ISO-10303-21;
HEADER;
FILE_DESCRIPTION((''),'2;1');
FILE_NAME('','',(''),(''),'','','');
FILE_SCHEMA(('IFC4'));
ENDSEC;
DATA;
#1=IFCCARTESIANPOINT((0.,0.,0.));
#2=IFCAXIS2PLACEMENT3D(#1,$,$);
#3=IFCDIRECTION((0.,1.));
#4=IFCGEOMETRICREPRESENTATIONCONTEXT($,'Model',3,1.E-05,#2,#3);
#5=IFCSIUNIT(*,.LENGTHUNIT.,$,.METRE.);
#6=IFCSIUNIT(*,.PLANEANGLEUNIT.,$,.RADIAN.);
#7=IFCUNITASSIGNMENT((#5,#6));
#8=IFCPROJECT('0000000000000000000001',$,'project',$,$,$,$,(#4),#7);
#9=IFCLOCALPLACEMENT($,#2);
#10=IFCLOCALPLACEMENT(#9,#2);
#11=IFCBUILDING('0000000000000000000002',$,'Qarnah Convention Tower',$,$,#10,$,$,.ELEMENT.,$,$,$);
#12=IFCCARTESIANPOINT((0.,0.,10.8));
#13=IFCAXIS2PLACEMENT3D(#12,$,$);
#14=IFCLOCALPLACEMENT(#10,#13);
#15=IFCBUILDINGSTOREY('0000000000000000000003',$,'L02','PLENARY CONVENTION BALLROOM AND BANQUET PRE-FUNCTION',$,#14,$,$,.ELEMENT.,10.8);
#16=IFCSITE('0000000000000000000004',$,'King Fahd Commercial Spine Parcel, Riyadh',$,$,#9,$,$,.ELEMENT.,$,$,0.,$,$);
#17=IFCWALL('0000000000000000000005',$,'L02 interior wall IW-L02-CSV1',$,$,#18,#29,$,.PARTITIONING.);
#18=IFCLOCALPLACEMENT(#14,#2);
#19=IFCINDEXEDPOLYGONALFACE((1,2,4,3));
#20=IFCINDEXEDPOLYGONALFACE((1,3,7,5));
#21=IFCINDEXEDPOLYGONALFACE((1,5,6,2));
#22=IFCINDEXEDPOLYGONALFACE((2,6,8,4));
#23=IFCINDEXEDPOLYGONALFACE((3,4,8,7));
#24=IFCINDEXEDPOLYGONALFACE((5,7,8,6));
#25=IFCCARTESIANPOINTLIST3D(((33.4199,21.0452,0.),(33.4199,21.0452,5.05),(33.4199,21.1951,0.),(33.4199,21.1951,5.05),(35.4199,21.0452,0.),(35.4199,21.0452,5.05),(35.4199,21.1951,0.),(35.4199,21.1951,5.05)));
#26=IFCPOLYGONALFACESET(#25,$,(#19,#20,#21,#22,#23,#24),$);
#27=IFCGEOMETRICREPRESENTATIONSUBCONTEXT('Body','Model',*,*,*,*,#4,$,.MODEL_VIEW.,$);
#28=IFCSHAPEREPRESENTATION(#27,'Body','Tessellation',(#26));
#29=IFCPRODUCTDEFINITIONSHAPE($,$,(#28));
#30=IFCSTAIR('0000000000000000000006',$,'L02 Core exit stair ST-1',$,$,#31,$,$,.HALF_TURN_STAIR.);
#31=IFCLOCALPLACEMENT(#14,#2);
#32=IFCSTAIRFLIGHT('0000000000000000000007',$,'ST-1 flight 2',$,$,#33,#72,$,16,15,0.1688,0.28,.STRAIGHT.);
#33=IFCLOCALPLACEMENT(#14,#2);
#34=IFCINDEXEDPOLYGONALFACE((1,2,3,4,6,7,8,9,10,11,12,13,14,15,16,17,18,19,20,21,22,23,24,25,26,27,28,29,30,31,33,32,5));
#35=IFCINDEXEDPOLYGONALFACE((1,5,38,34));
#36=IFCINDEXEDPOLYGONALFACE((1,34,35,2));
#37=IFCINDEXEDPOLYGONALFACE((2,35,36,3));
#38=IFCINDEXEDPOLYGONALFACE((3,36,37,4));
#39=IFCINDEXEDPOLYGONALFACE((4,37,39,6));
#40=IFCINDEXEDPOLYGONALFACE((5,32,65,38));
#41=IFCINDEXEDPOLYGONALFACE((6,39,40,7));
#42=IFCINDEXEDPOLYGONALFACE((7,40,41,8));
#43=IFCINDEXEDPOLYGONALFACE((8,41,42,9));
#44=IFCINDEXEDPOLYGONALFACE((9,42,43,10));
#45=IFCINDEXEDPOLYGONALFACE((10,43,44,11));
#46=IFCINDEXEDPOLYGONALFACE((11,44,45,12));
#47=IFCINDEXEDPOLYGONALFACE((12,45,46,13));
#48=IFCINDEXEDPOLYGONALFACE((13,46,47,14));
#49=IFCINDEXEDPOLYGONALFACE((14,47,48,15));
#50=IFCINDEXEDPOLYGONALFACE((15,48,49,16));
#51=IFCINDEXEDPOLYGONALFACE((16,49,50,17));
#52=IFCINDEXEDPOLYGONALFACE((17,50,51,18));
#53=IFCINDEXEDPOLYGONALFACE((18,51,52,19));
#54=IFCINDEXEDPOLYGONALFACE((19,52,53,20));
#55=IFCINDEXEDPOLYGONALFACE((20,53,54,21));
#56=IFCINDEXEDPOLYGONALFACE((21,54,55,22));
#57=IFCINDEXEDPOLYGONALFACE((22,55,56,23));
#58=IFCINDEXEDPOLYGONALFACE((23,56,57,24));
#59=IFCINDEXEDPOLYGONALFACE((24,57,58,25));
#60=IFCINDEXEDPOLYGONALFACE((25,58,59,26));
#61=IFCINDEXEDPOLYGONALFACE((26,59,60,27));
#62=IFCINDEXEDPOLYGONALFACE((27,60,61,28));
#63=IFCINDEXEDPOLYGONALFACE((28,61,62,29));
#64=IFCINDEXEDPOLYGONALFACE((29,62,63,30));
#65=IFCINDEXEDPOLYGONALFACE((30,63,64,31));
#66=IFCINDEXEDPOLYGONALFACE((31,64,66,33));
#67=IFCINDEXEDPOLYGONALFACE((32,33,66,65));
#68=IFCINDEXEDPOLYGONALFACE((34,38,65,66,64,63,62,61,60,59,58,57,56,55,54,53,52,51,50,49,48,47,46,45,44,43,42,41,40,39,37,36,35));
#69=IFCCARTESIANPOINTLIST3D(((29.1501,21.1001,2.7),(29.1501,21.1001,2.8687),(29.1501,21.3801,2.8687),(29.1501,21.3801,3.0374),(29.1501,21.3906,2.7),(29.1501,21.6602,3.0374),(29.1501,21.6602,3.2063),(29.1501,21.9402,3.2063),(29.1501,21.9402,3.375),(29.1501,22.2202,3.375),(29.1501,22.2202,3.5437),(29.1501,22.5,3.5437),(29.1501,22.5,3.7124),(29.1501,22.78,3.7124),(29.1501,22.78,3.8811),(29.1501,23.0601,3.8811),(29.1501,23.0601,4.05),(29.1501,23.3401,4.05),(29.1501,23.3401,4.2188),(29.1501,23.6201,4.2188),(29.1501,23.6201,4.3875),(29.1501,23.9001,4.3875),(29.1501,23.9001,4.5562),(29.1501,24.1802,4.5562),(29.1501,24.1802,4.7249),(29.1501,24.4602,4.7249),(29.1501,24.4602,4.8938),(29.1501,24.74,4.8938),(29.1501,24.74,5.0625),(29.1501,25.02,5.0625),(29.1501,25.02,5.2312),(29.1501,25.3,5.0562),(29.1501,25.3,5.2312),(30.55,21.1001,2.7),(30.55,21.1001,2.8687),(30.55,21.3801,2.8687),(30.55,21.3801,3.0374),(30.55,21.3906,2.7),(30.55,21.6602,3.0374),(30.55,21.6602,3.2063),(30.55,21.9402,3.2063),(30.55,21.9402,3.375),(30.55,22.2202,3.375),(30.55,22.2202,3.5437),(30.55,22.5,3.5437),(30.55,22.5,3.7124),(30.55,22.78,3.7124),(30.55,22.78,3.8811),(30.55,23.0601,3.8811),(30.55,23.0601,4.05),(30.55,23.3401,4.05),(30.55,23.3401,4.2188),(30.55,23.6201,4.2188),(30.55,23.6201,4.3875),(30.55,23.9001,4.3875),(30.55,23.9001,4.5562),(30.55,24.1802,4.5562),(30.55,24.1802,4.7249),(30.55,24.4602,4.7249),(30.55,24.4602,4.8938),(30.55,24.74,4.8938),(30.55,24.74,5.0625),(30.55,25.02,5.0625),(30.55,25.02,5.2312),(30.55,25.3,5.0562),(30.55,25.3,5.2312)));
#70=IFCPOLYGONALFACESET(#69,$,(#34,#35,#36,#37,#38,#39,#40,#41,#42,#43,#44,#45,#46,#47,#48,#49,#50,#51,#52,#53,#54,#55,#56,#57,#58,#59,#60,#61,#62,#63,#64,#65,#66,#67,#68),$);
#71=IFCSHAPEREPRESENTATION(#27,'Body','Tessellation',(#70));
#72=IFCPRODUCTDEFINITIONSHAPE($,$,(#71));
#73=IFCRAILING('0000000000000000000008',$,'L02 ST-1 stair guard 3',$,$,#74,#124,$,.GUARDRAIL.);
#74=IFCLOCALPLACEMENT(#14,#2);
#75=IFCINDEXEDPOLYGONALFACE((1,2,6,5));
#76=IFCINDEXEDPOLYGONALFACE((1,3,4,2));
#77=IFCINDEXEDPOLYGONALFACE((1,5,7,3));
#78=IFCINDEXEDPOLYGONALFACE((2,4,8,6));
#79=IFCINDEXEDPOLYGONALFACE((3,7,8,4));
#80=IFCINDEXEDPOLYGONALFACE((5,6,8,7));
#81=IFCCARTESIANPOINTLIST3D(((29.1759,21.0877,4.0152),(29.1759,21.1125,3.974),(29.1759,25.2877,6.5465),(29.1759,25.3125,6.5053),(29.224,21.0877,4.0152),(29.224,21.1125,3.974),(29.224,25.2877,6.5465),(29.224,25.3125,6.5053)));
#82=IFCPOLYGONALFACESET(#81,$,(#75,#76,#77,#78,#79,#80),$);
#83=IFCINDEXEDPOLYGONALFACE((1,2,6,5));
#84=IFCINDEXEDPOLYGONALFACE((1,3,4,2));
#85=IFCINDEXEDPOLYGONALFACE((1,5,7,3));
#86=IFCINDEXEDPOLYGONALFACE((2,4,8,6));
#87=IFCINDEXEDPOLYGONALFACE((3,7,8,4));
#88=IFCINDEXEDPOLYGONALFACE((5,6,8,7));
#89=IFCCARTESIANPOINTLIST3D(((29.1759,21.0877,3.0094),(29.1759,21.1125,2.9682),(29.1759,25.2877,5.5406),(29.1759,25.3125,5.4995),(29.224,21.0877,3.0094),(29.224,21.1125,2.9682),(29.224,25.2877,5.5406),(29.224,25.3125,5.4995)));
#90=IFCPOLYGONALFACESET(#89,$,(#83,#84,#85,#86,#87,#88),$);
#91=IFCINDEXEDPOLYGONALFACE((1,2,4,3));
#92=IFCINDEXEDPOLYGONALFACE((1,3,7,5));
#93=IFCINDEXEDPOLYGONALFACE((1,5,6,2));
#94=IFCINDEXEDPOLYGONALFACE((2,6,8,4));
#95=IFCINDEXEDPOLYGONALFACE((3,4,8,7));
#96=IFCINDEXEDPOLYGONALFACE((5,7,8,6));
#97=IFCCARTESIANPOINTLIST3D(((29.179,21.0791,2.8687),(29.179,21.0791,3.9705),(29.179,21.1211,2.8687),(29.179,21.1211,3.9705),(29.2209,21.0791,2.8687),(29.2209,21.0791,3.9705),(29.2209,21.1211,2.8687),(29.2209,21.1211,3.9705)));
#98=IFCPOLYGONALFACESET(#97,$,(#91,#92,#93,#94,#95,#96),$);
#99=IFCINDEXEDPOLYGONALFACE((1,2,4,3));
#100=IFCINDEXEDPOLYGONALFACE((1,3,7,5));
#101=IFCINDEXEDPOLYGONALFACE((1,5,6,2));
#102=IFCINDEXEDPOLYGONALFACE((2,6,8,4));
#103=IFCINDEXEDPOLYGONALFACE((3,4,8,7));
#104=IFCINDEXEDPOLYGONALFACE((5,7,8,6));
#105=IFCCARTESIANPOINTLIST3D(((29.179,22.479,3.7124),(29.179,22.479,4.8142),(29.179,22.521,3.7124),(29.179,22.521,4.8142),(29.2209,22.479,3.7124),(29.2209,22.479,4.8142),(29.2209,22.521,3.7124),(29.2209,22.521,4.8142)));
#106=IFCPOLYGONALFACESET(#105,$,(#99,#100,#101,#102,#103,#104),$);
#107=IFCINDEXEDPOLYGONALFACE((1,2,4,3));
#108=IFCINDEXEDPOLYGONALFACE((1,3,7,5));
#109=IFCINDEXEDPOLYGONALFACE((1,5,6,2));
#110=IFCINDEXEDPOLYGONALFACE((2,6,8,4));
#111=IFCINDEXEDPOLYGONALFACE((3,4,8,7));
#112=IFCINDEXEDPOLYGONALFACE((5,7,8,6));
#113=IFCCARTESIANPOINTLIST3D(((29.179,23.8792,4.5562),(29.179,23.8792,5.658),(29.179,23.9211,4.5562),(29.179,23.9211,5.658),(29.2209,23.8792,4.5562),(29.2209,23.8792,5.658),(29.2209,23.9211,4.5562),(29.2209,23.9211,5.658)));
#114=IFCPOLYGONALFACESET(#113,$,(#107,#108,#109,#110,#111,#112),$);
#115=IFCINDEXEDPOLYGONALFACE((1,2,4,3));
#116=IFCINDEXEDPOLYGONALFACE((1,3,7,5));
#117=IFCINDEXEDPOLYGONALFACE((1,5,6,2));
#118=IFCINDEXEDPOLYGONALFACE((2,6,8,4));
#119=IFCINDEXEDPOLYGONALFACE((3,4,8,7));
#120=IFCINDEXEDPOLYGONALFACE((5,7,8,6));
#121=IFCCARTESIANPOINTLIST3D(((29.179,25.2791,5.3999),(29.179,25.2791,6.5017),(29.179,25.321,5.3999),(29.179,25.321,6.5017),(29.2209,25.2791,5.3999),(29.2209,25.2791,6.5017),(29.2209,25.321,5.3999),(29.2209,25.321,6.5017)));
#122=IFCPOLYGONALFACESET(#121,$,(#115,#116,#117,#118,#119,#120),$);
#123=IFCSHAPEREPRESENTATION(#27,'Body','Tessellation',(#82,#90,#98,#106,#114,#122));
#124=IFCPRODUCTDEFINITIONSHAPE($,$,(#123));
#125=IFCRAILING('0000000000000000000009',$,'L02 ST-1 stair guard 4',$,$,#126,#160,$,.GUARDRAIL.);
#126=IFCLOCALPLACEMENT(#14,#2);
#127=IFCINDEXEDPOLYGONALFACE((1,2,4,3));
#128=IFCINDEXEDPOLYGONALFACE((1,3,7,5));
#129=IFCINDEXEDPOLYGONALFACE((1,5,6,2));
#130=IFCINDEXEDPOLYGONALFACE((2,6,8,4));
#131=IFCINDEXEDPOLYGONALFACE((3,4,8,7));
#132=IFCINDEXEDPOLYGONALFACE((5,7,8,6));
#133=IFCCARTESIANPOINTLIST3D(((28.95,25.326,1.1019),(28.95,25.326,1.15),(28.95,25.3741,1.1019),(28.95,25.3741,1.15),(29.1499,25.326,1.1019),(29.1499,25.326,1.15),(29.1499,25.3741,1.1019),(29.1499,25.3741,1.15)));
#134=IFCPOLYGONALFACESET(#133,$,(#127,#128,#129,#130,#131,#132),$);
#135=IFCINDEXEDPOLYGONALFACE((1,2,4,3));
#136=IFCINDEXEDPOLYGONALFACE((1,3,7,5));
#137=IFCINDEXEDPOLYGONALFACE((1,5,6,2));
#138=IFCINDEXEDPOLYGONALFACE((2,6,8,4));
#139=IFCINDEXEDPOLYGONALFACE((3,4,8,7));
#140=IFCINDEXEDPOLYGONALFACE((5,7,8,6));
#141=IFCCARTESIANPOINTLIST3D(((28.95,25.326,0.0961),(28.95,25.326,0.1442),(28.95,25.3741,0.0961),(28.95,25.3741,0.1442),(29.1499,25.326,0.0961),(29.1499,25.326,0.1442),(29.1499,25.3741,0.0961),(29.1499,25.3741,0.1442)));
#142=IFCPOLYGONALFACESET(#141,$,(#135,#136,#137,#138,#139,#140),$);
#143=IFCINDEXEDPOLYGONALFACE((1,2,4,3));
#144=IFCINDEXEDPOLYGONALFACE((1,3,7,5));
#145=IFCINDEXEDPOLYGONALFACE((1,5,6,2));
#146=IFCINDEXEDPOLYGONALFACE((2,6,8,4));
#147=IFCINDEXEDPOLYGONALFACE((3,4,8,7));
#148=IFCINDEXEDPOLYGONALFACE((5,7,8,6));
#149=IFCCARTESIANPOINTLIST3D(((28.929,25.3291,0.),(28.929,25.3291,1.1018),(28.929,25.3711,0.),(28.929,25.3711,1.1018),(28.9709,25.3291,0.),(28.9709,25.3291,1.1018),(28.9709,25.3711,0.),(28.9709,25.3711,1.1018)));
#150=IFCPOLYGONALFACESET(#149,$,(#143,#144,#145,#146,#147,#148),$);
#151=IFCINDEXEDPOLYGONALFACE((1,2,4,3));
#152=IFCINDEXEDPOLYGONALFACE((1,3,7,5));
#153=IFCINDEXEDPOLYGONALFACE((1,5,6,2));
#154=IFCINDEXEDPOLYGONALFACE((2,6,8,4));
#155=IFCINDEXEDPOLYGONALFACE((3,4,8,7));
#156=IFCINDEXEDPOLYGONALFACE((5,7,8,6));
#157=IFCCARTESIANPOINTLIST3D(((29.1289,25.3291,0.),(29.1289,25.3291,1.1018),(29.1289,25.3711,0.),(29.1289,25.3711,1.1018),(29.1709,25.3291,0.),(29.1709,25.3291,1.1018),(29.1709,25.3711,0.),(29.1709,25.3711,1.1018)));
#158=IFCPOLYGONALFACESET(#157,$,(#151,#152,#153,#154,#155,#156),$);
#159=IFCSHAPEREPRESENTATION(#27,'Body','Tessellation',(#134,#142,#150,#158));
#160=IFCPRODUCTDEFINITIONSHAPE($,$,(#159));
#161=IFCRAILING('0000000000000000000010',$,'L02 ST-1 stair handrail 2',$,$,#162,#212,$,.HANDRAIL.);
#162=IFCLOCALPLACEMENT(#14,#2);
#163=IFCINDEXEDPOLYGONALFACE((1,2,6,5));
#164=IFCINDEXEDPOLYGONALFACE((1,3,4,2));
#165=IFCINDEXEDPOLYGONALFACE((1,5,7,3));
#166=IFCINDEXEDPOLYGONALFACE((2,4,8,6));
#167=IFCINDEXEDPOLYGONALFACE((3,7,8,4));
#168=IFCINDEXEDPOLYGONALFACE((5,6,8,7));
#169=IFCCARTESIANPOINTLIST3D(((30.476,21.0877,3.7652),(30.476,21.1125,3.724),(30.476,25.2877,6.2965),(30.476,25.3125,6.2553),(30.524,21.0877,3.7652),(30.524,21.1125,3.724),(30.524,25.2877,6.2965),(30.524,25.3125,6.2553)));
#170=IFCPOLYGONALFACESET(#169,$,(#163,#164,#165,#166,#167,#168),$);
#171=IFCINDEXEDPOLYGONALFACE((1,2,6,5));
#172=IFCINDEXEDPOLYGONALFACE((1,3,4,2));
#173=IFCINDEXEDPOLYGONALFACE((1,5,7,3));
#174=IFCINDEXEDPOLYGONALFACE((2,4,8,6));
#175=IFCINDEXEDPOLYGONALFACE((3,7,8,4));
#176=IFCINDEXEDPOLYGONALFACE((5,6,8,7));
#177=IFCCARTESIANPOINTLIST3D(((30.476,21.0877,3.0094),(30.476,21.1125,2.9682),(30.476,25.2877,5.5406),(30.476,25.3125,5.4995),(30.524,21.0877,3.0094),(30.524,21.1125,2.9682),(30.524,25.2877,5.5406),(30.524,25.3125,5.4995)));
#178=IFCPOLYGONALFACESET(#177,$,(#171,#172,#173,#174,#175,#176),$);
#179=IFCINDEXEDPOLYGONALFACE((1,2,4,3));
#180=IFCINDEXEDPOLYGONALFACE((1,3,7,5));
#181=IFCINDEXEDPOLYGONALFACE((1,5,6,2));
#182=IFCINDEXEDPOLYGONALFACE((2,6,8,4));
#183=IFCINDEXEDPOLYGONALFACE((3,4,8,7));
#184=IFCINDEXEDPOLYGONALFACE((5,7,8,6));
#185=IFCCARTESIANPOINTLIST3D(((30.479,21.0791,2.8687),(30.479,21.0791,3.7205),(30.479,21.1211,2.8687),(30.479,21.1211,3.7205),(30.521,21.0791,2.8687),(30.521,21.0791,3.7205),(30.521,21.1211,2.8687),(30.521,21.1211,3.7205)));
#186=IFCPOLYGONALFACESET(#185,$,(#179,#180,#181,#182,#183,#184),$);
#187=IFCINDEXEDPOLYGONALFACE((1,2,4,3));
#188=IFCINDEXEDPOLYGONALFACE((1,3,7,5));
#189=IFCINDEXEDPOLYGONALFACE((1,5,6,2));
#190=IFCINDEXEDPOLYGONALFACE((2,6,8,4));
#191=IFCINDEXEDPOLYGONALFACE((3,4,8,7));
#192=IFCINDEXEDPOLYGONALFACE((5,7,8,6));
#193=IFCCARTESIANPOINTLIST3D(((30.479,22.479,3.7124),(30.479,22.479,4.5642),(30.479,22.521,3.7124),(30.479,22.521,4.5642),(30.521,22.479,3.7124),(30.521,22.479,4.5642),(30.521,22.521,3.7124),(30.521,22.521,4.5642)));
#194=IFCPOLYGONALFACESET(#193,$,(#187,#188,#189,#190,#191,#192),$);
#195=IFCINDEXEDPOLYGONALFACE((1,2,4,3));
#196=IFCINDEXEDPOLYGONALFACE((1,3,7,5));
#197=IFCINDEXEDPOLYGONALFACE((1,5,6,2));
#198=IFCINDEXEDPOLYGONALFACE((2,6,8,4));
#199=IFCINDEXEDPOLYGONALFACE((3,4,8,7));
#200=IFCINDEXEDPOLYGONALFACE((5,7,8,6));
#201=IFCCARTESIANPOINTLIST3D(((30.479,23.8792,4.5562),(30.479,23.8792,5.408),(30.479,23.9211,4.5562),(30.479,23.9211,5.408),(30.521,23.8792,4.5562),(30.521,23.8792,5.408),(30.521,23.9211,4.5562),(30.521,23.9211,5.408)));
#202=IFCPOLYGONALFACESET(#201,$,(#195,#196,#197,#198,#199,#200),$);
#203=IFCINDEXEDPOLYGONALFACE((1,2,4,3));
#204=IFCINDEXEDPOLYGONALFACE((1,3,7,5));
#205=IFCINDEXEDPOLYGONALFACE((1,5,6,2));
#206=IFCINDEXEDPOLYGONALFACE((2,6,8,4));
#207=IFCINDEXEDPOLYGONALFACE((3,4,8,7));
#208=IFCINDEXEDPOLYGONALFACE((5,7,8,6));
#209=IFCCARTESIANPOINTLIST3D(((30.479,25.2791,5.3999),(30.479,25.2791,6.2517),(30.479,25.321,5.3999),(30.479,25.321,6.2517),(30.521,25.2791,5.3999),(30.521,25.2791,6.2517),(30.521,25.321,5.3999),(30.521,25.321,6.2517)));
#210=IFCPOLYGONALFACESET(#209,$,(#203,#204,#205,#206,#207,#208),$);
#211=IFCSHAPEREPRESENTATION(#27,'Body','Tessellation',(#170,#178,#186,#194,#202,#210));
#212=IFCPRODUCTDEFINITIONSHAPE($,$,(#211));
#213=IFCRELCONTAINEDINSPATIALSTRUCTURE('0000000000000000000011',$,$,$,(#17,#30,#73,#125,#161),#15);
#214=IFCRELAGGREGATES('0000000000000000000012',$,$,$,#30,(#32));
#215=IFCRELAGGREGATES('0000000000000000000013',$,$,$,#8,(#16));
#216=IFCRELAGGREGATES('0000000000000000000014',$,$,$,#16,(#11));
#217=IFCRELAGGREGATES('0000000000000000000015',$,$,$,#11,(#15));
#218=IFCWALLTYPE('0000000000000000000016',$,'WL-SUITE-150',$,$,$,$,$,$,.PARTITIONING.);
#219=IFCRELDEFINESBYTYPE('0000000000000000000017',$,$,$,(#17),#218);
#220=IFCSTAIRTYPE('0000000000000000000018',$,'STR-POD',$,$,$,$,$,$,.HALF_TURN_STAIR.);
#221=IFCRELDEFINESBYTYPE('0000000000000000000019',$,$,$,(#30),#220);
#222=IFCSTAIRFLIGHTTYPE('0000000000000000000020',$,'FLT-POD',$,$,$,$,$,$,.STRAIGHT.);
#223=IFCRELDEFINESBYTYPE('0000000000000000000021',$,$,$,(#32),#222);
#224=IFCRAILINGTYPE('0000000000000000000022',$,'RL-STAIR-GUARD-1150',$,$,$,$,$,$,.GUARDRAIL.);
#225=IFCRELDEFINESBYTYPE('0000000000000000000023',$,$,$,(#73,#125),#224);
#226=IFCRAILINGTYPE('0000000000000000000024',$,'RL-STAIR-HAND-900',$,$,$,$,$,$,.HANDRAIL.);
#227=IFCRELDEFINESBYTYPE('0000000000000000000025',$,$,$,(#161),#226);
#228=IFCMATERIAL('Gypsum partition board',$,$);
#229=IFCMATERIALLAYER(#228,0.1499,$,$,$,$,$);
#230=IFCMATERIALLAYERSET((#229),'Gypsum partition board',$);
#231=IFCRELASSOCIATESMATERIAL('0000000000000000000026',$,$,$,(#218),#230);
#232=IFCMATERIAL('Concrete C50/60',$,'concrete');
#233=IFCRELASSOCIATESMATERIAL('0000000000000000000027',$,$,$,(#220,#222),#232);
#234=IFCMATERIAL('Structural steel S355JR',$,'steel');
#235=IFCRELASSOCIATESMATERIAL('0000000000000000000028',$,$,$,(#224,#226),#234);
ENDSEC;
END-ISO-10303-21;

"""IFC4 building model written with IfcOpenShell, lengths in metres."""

from ifc_helpers import new_model, si_unit, direction, frame, frame_2d, origin, origin_2d, place, context, subcontext, project, spatial, polyline, rectangle, outline, extrude, material, layer, layer_set, type_object, element, aggregate, save


model = new_model("IFC4")

# Units and contexts
model_context = context("Model", 3, precision=1e-05, world=origin(), true_north=direction((0.0, 1.0)))
body_context = subcontext(model_context, "Body", "Model", "MODEL_VIEW")
ifc_project = project(units=[si_unit("LENGTHUNIT", "METRE"), si_unit("PLANEANGLEUNIT", "RADIAN")], contexts=[model_context])

# Site, building, storey
site_placement = place(None, origin())
site = spatial("IfcSite", under=ifc_project, at=site_placement, Name="King Fahd Commercial Spine Parcel, Riyadh", CompositionType="ELEMENT", RefElevation=0.0)
building_placement = place(site_placement, origin())
building = spatial("IfcBuilding", under=site, at=building_placement, Name="Qarnah Convention Tower", CompositionType="ELEMENT")
storey_placement = place(building_placement, frame((0.0, 0.0, 10.8)))
storey = spatial("IfcBuildingStorey", under=building, at=storey_placement, Name="L02", Description="PLENARY CONVENTION BALLROOM AND BANQUET PRE-FUNCTION", CompositionType="ELEMENT", Elevation=10.8)

# Shared definitions
ifc_material_1 = material(Name="Structural steel S355JR", Category="steel")

# Wall
ifc_material_2 = material(Name="Gypsum partition board")
ifc_layer_1 = layer(ifc_material_2, 0.1499)
ifc_layer_set_1 = layer_set([ifc_layer_1], Name="Gypsum partition board")
wall_type_1 = type_object("IfcWallType", Name="WL-SUITE-150", PredefinedType="PARTITIONING", material=ifc_layer_set_1)
wall_1_placement = place(storey_placement, frame((33.4199, 21.1201, 0.0), z_axis=(0.0, 0.0, 1.0), x_axis=(1.0, 0.0, 0.0)))
element("IfcWall", 1, at=wall_1_placement, inside=storey, type_object=wall_type_1, Name="L02 interior wall IW-L02-CSV1", PredefinedType="PARTITIONING", context=body_context, shape_type="SweptSolid", body=[
    extrude(rectangle(XDim=2.0, YDim=0.1499, at=frame_2d((1.0, 0.0))), origin(), (0.0, 0.0, 1.0), 5.05),
])

# Stair, stair flight
ifc_material_3 = material(Name="Concrete C50/60", Category="concrete")
stair_type = type_object("IfcStairType", Name="STR-POD", PredefinedType="HALF_TURN_STAIR", material=ifc_material_3)
stair_placement = place(storey_placement, origin())
stair = element("IfcStair", 2, at=stair_placement, inside=storey, type_object=stair_type, Name="L02 Core exit stair ST-1", PredefinedType="HALF_TURN_STAIR")
stair_flight_type = type_object("IfcStairFlightType", Name="FLT-POD", PredefinedType="STRAIGHT", material=ifc_material_3)
stair_flight_placement = place(storey_placement, frame((29.8501, 21.1001, 2.7), z_axis=(0.0, 0.0, 1.0), x_axis=(0.0, 1.0, 0.0)))
stair_flight = element("IfcStairFlight", 3, at=stair_flight_placement, type_object=stair_flight_type, Name="ST-1 flight 2", NumberOfRisers=16, NumberOfTreads=15, PredefinedType="STRAIGHT", RiserHeight=0.1688, TreadLength=0.28, context=body_context, shape_type="SweptSolid", body=[
    extrude(outline(polyline([(0.0, 0.0), (0.0, 0.1687), (0.28, 0.1687), (0.28, 0.3374), (0.5601, 0.3374), (0.5601, 0.5063), (0.8401, 0.5063), (0.8401, 0.675), (1.1201, 0.675), (1.1201, 0.8438), (1.3999, 0.8438), (1.3999, 1.0125), (1.6799, 1.0125), (1.6799, 1.1812), (1.96, 1.1812), (1.96, 1.3501), (2.24, 1.3501), (2.24, 1.5188), (2.52, 1.5188), (2.52, 1.6875), (2.8, 1.6875), (2.8, 1.8562), (3.0801, 1.8562), (3.0801, 2.0249), (3.3601, 2.0249), (3.3601, 2.1938), (3.6399, 2.1938), (3.6399, 2.3625), (3.9199, 2.3625), (3.9199, 2.5312), (4.2, 2.5312), (4.2, 2.7), (4.2, 2.3562), (0.2905, 0.0), (0.0, 0.0)])), frame((0.0, 0.7, 0.0), z_axis=(0.0, -1.0, 0.0), x_axis=(1.0, 0.0, 0.0)), (0.0, 0.0, 1.0), 1.3999),
])
aggregate(stair, [stair_flight])

# Railings
railing_type_1 = type_object("IfcRailingType", Name="RL-STAIR-GUARD-1150", PredefinedType="GUARDRAIL", material=ifc_material_1)
railing_1_placement = place(storey_placement, frame((29.2, 21.1001, 2.8687)))
element("IfcRailing", 4, at=railing_1_placement, inside=storey, type_object=railing_type_1, Name="L02 ST-1 stair guard 3", PredefinedType="GUARDRAIL", context=body_context, shape_type="SweptSolid", body=[
    extrude(rectangle(XDim=0.0481, YDim=0.0481, at=origin_2d()), frame((0.0, 0.0, 1.126), z_axis=(0.0, 0.856476, 0.516186), x_axis=(-1.0, 0.0, 0.0)), (0.0, 0.0, 1.0), 4.9038),
    extrude(rectangle(XDim=0.0481, YDim=0.0481, at=origin_2d()), frame((0.0, 0.0, 0.1201), z_axis=(0.0, 0.856476, 0.516186), x_axis=(-1.0, 0.0, 0.0)), (0.0, 0.0, 1.0), 4.9038),
    extrude(rectangle(XDim=0.042, YDim=0.042, at=origin_2d()), origin(), (0.0, 0.0, 1.0), 1.1018),
    extrude(rectangle(XDim=0.042, YDim=0.042, at=origin_2d()), frame((0.0, 1.3999, 0.8438)), (0.0, 0.0, 1.0), 1.1018),
    extrude(rectangle(XDim=0.042, YDim=0.042, at=origin_2d()), frame((0.0, 2.8, 1.6875)), (0.0, 0.0, 1.0), 1.1018),
    extrude(rectangle(XDim=0.042, YDim=0.042, at=origin_2d()), frame((0.0, 4.2, 2.5312)), (0.0, 0.0, 1.0), 1.1018),
])
railing_2_placement = place(storey_placement, frame((28.95, 25.3501, 0.0)))
element("IfcRailing", 5, at=railing_2_placement, inside=storey, type_object=railing_type_1, Name="L02 ST-1 stair guard 4", PredefinedType="GUARDRAIL", context=body_context, shape_type="SweptSolid", body=[
    extrude(rectangle(XDim=0.0481, YDim=0.0481, at=origin_2d()), frame((0.0, 0.0, 1.126), z_axis=(1.0, 0.0, 0.0), x_axis=(0.0, 1.0, 0.0)), (0.0, 0.0, 1.0), 0.2),
    extrude(rectangle(XDim=0.0481, YDim=0.0481, at=origin_2d()), frame((0.0, 0.0, 0.1201), z_axis=(1.0, 0.0, 0.0), x_axis=(0.0, 1.0, 0.0)), (0.0, 0.0, 1.0), 0.2),
    extrude(rectangle(XDim=0.042, YDim=0.042, at=origin_2d()), origin(), (0.0, 0.0, 1.0), 1.1018),
    extrude(rectangle(XDim=0.042, YDim=0.042, at=origin_2d()), frame((0.2, 0.0, 0.0)), (0.0, 0.0, 1.0), 1.1018),
])
railing_type_2 = type_object("IfcRailingType", Name="RL-STAIR-HAND-900", PredefinedType="HANDRAIL", material=ifc_material_1)
railing_3_placement = place(storey_placement, frame((30.5, 21.1001, 2.8687)))
element("IfcRailing", 6, at=railing_3_placement, inside=storey, type_object=railing_type_2, Name="L02 ST-1 stair handrail 2", PredefinedType="HANDRAIL", context=body_context, shape_type="SweptSolid", body=[
    extrude(rectangle(XDim=0.0481, YDim=0.0481, at=origin_2d()), frame((0.0, 0.0, 0.876), z_axis=(0.0, 0.856476, 0.516186), x_axis=(-1.0, 0.0, 0.0)), (0.0, 0.0, 1.0), 4.9038),
    extrude(rectangle(XDim=0.0481, YDim=0.0481, at=origin_2d()), frame((0.0, 0.0, 0.1201), z_axis=(0.0, 0.856476, 0.516186), x_axis=(-1.0, 0.0, 0.0)), (0.0, 0.0, 1.0), 4.9038),
    extrude(rectangle(XDim=0.042, YDim=0.042, at=origin_2d()), origin(), (0.0, 0.0, 1.0), 0.8518),
    extrude(rectangle(XDim=0.042, YDim=0.042, at=origin_2d()), frame((0.0, 1.3999, 0.8438)), (0.0, 0.0, 1.0), 0.8518),
    extrude(rectangle(XDim=0.042, YDim=0.042, at=origin_2d()), frame((0.0, 2.8, 1.6875)), (0.0, 0.0, 1.0), 0.8518),
    extrude(rectangle(XDim=0.042, YDim=0.042, at=origin_2d()), frame((0.0, 4.2, 2.5312)), (0.0, 0.0, 1.0), 0.8518),
])

save(model, "model.ifc")
